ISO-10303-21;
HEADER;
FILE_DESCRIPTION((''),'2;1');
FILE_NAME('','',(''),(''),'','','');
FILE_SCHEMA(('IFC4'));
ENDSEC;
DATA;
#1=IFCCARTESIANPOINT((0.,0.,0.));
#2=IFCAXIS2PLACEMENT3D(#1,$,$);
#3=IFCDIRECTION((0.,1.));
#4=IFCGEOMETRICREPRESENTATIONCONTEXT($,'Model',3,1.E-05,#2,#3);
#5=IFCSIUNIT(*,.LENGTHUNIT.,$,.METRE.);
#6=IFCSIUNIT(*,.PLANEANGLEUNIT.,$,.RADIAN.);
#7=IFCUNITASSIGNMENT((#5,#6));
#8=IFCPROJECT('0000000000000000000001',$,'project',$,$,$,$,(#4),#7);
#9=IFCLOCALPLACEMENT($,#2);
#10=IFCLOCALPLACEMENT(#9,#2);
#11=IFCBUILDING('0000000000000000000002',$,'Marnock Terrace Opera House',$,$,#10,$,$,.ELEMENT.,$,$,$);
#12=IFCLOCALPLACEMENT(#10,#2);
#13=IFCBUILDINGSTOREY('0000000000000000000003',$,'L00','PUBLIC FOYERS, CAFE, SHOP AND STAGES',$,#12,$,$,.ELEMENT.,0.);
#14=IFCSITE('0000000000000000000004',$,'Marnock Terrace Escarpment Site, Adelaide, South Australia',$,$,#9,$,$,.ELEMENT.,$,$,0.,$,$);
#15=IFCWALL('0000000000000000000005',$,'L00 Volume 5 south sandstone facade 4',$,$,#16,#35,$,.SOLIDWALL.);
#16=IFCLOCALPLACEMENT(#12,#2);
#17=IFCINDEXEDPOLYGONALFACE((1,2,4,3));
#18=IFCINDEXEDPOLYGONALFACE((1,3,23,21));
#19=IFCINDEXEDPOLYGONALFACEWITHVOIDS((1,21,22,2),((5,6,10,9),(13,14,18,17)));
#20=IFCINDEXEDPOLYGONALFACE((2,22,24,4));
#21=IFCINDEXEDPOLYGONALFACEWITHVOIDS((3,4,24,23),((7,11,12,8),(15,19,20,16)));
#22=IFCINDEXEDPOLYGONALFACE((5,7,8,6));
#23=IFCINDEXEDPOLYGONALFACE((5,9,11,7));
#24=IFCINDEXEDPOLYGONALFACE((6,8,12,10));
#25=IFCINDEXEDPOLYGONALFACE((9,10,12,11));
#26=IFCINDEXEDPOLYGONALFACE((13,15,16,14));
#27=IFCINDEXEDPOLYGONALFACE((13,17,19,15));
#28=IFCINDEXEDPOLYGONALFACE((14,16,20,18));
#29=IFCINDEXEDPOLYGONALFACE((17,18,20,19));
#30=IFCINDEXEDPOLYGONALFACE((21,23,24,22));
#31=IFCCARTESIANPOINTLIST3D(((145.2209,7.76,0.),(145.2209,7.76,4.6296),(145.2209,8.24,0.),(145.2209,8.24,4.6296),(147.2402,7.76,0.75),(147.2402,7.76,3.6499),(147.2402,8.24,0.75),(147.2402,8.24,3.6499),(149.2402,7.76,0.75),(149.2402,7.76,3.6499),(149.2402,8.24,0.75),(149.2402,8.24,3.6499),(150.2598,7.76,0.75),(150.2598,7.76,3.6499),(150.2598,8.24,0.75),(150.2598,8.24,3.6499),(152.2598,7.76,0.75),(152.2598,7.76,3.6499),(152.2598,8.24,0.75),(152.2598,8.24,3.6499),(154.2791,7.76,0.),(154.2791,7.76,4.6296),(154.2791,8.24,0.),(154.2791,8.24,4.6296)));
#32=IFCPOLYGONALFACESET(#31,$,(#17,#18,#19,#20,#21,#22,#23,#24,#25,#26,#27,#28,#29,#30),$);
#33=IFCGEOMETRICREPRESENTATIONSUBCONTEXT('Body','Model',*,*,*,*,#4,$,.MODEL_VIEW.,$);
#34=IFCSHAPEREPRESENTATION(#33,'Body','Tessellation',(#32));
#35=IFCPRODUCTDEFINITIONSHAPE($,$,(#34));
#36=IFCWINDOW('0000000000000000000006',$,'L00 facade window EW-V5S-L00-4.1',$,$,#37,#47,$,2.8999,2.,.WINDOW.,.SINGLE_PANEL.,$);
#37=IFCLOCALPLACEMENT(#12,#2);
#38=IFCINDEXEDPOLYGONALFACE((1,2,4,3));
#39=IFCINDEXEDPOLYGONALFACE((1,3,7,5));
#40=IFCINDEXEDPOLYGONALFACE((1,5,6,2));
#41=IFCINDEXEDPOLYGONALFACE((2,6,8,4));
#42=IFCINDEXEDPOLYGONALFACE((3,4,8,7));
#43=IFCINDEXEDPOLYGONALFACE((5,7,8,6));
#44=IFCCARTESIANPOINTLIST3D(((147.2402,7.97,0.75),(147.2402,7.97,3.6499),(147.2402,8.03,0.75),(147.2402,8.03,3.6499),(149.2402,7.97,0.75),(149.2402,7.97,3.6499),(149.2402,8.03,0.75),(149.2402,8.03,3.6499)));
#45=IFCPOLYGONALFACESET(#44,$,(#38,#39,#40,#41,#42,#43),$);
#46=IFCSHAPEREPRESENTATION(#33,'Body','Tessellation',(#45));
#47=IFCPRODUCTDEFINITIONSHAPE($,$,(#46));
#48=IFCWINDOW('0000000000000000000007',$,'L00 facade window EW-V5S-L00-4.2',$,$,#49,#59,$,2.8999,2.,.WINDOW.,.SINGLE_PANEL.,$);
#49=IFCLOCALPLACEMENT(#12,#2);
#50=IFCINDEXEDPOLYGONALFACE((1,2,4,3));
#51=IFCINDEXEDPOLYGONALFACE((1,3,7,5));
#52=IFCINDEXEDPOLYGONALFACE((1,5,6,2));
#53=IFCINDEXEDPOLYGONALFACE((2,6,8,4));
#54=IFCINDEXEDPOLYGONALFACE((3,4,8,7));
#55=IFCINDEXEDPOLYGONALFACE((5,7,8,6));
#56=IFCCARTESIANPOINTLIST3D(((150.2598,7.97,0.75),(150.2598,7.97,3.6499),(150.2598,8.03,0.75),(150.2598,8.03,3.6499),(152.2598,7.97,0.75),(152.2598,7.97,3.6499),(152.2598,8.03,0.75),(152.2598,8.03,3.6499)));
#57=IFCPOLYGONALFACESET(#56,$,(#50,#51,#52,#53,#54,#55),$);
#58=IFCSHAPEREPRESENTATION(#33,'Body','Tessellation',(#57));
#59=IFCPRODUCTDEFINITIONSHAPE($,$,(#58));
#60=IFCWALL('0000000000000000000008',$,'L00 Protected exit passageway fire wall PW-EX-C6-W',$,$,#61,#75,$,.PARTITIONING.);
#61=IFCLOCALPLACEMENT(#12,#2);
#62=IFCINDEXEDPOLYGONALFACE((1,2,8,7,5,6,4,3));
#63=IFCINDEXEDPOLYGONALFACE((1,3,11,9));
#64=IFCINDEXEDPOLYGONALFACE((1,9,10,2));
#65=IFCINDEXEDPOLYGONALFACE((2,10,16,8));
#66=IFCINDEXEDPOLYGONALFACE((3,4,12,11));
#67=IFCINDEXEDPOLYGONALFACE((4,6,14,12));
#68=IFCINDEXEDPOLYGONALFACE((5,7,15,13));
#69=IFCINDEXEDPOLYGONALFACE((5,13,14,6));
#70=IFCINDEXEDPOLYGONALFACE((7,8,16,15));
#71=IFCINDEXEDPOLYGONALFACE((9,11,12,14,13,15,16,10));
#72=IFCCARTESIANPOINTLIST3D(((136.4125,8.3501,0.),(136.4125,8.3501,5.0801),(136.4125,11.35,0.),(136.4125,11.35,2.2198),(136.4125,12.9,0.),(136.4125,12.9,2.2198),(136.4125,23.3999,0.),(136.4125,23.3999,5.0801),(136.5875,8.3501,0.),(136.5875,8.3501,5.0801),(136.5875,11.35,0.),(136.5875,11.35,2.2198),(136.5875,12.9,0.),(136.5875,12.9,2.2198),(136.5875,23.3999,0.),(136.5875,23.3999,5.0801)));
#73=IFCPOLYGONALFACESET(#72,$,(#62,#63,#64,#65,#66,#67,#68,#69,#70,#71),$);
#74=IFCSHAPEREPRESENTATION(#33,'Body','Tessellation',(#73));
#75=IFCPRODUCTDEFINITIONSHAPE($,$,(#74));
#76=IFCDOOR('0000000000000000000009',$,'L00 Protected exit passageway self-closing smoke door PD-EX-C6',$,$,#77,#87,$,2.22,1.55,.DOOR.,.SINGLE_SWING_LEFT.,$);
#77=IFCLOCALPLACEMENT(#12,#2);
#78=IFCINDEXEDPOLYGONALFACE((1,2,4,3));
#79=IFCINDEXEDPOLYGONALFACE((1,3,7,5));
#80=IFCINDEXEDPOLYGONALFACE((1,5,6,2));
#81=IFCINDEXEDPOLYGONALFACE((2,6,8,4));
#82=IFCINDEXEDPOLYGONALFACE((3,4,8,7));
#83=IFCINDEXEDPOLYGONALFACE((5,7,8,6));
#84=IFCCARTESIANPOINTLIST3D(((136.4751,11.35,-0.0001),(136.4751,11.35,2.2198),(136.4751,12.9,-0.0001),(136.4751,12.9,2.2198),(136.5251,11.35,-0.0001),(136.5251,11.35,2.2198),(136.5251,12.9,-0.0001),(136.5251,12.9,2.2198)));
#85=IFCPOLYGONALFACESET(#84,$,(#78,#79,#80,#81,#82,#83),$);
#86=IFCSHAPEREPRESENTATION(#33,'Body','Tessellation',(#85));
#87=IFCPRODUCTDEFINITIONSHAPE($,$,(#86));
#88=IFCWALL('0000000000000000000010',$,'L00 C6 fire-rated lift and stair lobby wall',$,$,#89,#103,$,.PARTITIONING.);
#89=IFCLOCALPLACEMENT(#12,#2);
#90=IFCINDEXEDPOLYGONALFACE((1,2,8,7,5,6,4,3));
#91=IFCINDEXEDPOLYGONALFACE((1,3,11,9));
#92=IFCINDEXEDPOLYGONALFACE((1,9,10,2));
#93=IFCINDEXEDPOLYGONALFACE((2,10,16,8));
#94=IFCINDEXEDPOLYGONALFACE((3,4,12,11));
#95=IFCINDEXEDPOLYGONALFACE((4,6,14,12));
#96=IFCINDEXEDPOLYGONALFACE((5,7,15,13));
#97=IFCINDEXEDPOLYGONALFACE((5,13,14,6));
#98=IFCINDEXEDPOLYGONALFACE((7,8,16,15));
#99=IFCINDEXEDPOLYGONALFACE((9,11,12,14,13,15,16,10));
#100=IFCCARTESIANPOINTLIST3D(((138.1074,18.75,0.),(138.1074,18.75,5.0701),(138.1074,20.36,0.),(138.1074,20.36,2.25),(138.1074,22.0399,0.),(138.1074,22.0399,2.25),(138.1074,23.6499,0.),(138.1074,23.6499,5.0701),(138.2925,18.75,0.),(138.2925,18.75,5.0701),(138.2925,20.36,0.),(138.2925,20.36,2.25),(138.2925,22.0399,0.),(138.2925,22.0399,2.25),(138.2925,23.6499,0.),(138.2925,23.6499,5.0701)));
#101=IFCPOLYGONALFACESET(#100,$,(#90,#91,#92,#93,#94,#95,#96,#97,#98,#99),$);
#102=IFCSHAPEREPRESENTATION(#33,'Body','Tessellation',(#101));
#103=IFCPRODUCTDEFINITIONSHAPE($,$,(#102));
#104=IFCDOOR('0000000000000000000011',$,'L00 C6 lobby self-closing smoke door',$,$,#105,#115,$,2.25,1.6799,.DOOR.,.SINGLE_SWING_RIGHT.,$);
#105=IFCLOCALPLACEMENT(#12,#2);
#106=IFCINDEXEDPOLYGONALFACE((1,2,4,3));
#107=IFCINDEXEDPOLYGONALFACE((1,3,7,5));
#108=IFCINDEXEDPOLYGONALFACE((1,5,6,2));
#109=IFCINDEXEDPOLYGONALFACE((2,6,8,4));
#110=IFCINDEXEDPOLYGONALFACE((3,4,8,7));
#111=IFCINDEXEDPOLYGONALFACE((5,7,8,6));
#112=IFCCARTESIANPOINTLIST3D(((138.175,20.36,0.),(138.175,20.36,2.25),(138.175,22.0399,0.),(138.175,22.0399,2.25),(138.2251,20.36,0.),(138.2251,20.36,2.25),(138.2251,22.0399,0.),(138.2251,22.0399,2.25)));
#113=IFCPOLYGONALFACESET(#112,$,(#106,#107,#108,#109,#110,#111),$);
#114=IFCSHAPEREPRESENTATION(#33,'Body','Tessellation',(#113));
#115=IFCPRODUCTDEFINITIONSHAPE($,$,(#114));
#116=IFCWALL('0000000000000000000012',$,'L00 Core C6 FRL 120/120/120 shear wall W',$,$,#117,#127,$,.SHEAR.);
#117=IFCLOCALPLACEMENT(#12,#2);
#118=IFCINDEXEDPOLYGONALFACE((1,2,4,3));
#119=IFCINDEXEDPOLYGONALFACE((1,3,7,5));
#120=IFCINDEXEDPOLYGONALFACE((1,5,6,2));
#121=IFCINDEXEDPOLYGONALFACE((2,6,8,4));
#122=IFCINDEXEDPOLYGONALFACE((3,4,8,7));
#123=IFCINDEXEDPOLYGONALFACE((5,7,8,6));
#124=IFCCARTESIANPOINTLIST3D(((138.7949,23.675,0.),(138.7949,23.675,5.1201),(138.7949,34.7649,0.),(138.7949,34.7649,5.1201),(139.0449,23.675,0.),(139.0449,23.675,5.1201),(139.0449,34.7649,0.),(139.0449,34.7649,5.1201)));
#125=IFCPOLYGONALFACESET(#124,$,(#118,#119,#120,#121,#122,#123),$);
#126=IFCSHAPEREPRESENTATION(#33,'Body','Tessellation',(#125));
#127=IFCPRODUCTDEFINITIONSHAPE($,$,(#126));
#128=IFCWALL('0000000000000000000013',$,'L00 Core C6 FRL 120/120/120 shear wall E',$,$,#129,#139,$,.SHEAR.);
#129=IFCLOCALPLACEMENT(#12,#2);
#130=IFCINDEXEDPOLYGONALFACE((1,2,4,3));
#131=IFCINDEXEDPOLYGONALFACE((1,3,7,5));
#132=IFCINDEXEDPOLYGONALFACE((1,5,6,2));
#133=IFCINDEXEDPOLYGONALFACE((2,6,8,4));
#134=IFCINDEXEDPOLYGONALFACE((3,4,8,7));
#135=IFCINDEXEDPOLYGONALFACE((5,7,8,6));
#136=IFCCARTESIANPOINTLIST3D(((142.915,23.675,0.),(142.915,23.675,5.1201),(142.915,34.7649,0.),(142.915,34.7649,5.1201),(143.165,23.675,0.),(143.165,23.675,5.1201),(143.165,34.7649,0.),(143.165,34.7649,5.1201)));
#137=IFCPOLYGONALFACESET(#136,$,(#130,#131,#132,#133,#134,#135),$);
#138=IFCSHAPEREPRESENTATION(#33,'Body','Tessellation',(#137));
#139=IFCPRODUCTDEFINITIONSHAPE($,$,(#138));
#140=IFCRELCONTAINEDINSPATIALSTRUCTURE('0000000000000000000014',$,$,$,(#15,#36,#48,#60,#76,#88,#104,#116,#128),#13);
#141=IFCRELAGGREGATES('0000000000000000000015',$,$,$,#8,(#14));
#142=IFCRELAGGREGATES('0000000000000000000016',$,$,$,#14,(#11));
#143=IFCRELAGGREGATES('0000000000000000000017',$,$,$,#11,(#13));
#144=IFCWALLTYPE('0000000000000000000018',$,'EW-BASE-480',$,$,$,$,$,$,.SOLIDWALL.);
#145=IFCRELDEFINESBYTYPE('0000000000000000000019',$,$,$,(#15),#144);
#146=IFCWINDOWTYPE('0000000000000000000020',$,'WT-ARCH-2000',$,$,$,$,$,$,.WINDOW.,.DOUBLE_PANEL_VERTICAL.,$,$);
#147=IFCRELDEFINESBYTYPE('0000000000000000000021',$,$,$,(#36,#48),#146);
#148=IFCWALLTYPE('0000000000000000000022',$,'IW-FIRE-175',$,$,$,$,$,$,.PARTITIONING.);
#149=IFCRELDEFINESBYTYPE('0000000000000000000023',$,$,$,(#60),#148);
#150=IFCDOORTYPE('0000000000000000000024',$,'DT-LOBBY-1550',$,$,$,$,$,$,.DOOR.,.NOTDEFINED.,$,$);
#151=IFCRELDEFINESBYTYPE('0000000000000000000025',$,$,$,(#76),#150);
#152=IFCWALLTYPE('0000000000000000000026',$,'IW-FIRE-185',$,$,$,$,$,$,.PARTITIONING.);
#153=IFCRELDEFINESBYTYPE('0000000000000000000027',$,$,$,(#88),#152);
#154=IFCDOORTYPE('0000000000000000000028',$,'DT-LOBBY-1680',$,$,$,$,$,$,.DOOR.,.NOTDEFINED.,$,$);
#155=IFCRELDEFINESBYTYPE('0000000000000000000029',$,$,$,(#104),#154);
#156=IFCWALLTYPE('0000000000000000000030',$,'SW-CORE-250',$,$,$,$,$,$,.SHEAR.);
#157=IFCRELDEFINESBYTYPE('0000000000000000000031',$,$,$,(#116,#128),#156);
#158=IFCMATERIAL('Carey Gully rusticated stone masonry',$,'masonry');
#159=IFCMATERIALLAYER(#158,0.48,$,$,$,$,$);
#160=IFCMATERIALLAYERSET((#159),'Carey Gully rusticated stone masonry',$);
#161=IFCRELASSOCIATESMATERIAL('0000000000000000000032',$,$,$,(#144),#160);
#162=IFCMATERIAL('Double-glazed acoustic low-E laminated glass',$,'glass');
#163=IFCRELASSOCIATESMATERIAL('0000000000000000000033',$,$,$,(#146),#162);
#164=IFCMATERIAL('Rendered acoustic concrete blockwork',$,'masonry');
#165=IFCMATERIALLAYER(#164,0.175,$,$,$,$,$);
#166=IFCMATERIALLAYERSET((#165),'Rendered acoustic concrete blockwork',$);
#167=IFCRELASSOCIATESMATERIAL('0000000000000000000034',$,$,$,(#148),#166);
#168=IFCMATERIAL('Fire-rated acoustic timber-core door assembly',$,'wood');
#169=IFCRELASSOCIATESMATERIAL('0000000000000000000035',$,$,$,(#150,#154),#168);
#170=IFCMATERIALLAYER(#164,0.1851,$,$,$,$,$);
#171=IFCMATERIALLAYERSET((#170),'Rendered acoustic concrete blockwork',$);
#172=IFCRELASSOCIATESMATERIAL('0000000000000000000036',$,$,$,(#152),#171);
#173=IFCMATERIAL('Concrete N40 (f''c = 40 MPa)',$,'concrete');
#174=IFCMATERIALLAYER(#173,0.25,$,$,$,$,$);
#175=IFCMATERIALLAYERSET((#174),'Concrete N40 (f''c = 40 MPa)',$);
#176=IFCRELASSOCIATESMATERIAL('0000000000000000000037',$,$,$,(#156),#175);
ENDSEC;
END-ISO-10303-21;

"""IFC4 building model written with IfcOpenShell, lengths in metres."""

from ifc_helpers import new_model, si_unit, direction, frame, frame_2d, origin, place, context, subcontext, project, spatial, rectangle, extrude, material, layer, layer_set, type_object, element, fill, save


model = new_model("IFC4")

# Units and contexts
model_context = context("Model", 3, precision=1e-05, world=origin(), true_north=direction((0.0, 1.0)))
body_context = subcontext(model_context, "Body", "Model", "MODEL_VIEW")
ifc_project = project(units=[si_unit("LENGTHUNIT", "METRE"), si_unit("PLANEANGLEUNIT", "RADIAN")], contexts=[model_context])

# Site, building, storey
site_placement = place(None, origin())
site = spatial("IfcSite", under=ifc_project, at=site_placement, Name="Marnock Terrace Escarpment Site, Adelaide, South Australia", CompositionType="ELEMENT", RefElevation=0.0)
building_placement = place(site_placement, origin())
building = spatial("IfcBuilding", under=site, at=building_placement, Name="Marnock Terrace Opera House", CompositionType="ELEMENT")
storey_placement = place(building_placement, origin())
storey = spatial("IfcBuildingStorey", under=building, at=storey_placement, Name="L00", Description="PUBLIC FOYERS, CAFE, SHOP AND STAGES", CompositionType="ELEMENT", Elevation=0.0)

# Shared definitions
ifc_material_1 = material(Name="Concrete N40 (f'c = 40 MPa)", Category="concrete")

# Shared definitions
ifc_material_2 = material(Name="Carey Gully rusticated stone masonry", Category="masonry")
ifc_layer_1 = layer(ifc_material_2, 0.48)
ifc_layer_set_1 = layer_set([ifc_layer_1], Name="Carey Gully rusticated stone masonry")
wall_type_1 = type_object("IfcWallType", Name="EW-BASE-480", PredefinedType="SOLIDWALL", material=ifc_layer_set_1)

# Wall, openings, windows
wall_1_placement = place(storey_placement, frame((145.2209, 8.0, 0.0), z_axis=(0.0, 0.0, 1.0), x_axis=(1.0, 0.0, 0.0)))
wall_1 = element("IfcWall", 1, at=wall_1_placement, inside=storey, type_object=wall_type_1, Name="L00 Volume 5 south sandstone facade 4", PredefinedType="SOLIDWALL", context=body_context, shape_type="SweptSolid", body=[
    extrude(rectangle(XDim=9.0581, YDim=0.48, at=frame_2d((4.5291, 0.0))), origin(), (0.0, 0.0, 1.0), 4.6296),
])
opening_1_placement = place(wall_1_placement, frame((2.0193, 0.0, 0.75)))
opening_1 = element("IfcOpeningElement", 2, at=opening_1_placement, cuts=wall_1, PredefinedType="OPENING", context=body_context, shape_type="SweptSolid", body=[
    extrude(rectangle(XDim=2.0, YDim=2.8999, at=frame_2d((1.0, 1.45))), frame((0.0, 0.25, 0.0), z_axis=(0.0, -1.0, 0.0), x_axis=(1.0, 0.0, 0.0)), (0.0, 0.0, 1.0), 0.5),
])
opening_2_placement = place(wall_1_placement, frame((5.0388, 0.0, 0.75)))
opening_2 = element("IfcOpeningElement", 3, at=opening_2_placement, cuts=wall_1, PredefinedType="OPENING", context=body_context, shape_type="SweptSolid", body=[
    extrude(rectangle(XDim=2.0, YDim=2.8999, at=frame_2d((1.0, 1.45))), frame((0.0, 0.25, 0.0), z_axis=(0.0, -1.0, 0.0), x_axis=(1.0, 0.0, 0.0)), (0.0, 0.0, 1.0), 0.5),
])
ifc_material_3 = material(Name="Double-glazed acoustic low-E laminated glass", Category="glass")
window_type = type_object("IfcWindowType", Name="WT-ARCH-2000", PartitioningType="DOUBLE_PANEL_VERTICAL", PredefinedType="WINDOW", material=ifc_material_3)
window_1_placement = place(opening_1_placement, origin())
window_1 = element("IfcWindow", 4, at=window_1_placement, inside=storey, type_object=window_type, Name="L00 facade window EW-V5S-L00-4.1", OverallHeight=2.8999, OverallWidth=2.0, PartitioningType="SINGLE_PANEL", PredefinedType="WINDOW", context=body_context, shape_type="SweptSolid", body=[
    extrude(rectangle(XDim=2.0, YDim=2.8999, at=frame_2d((1.0, 1.45))), frame((0.0, 0.03, 0.0), z_axis=(0.0, -1.0, 0.0), x_axis=(1.0, 0.0, 0.0)), (0.0, 0.0, 1.0), 0.0601),
])
fill(opening_1, window_1)
window_2_placement = place(opening_2_placement, origin())
window_2 = element("IfcWindow", 5, at=window_2_placement, inside=storey, type_object=window_type, Name="L00 facade window EW-V5S-L00-4.2", OverallHeight=2.8999, OverallWidth=2.0, PartitioningType="SINGLE_PANEL", PredefinedType="WINDOW", context=body_context, shape_type="SweptSolid", body=[
    extrude(rectangle(XDim=2.0, YDim=2.8999, at=frame_2d((1.0, 1.45))), frame((0.0, 0.03, 0.0), z_axis=(0.0, -1.0, 0.0), x_axis=(1.0, 0.0, 0.0)), (0.0, 0.0, 1.0), 0.0601),
])
fill(opening_2, window_2)

# Walls, openings, doors
ifc_material_4 = material(Name="Rendered acoustic concrete blockwork", Category="masonry")
ifc_layer_2 = layer(ifc_material_4, 0.175)
ifc_layer_set_2 = layer_set([ifc_layer_2], Name="Rendered acoustic concrete blockwork")
wall_type_2 = type_object("IfcWallType", Name="IW-FIRE-175", PredefinedType="PARTITIONING", material=ifc_layer_set_2)
wall_2_placement = place(storey_placement, frame((136.5, 8.3501, 0.0), z_axis=(0.0, 0.0, 1.0), x_axis=(0.0, 1.0, 0.0)))
wall_2 = element("IfcWall", 6, at=wall_2_placement, inside=storey, type_object=wall_type_2, Name="L00 Protected exit passageway fire wall PW-EX-C6-W", PredefinedType="PARTITIONING", context=body_context, shape_type="SweptSolid", body=[
    extrude(rectangle(XDim=15.0498, YDim=0.175, at=frame_2d((7.5249, 0.0))), origin(), (0.0, 0.0, 1.0), 5.0801),
])
opening_3_placement = place(wall_2_placement, frame((3.0, 0.0, 0.0)))
opening_3 = element("IfcOpeningElement", 7, at=opening_3_placement, cuts=wall_2, PredefinedType="OPENING", context=body_context, shape_type="SweptSolid", body=[
    extrude(rectangle(XDim=1.55, YDim=2.22, at=frame_2d((0.7749, 1.1099))), frame((0.0, 0.0974, 0.0), z_axis=(0.0, -1.0, 0.0), x_axis=(1.0, 0.0, 0.0)), (0.0, 0.0, 1.0), 0.1951),
])
ifc_material_5 = material(Name="Fire-rated acoustic timber-core door assembly", Category="wood")
door_type_1 = type_object("IfcDoorType", Name="DT-LOBBY-1550", OperationType="NOTDEFINED", PredefinedType="DOOR", material=ifc_material_5)
door_1_placement = place(opening_3_placement, origin())
door_1 = element("IfcDoor", 8, at=door_1_placement, inside=storey, type_object=door_type_1, Name="L00 Protected exit passageway self-closing smoke door PD-EX-C6", OperationType="SINGLE_SWING_LEFT", OverallHeight=2.22, OverallWidth=1.55, PredefinedType="DOOR", context=body_context, shape_type="SweptSolid", body=[
    extrude(rectangle(XDim=1.55, YDim=2.22, at=frame_2d((0.7749, 1.1099))), frame((0.0, 0.0249, 0.0), z_axis=(0.0, -1.0, 0.0), x_axis=(1.0, 0.0, 0.0)), (0.0, 0.0, 1.0), 0.05),
])
fill(opening_3, door_1)
ifc_layer_3 = layer(ifc_material_4, 0.1851)
ifc_layer_set_3 = layer_set([ifc_layer_3], Name="Rendered acoustic concrete blockwork")
wall_type_3 = type_object("IfcWallType", Name="IW-FIRE-185", PredefinedType="PARTITIONING", material=ifc_layer_set_3)
wall_3_placement = place(storey_placement, frame((138.2, 18.75, 0.0), z_axis=(0.0, 0.0, 1.0), x_axis=(0.0, 1.0, 0.0)))
wall_3 = element("IfcWall", 9, at=wall_3_placement, inside=storey, type_object=wall_type_3, Name="L00 C6 fire-rated lift and stair lobby wall", PredefinedType="PARTITIONING", context=body_context, shape_type="SweptSolid", body=[
    extrude(rectangle(XDim=4.8999, YDim=0.1851, at=frame_2d((2.45, 0.0))), origin(), (0.0, 0.0, 1.0), 5.0701),
])
opening_4_placement = place(wall_3_placement, frame((1.6101, 0.0, 0.0)))
opening_4 = element("IfcOpeningElement", 10, at=opening_4_placement, cuts=wall_3, PredefinedType="OPENING", context=body_context, shape_type="SweptSolid", body=[
    extrude(rectangle(XDim=1.6799, YDim=2.25, at=frame_2d((0.8398, 1.125))), frame((0.0, 0.1025, 0.0), z_axis=(0.0, -1.0, 0.0), x_axis=(1.0, 0.0, 0.0)), (0.0, 0.0, 1.0), 0.2051),
])
door_type_2 = type_object("IfcDoorType", Name="DT-LOBBY-1680", OperationType="NOTDEFINED", PredefinedType="DOOR", material=ifc_material_5)
door_2_placement = place(opening_4_placement, origin())
door_2 = element("IfcDoor", 11, at=door_2_placement, inside=storey, type_object=door_type_2, Name="L00 C6 lobby self-closing smoke door", OperationType="SINGLE_SWING_RIGHT", OverallHeight=2.25, OverallWidth=1.6799, PredefinedType="DOOR", context=body_context, shape_type="SweptSolid", body=[
    extrude(rectangle(XDim=1.6799, YDim=2.25, at=frame_2d((0.8398, 1.125))), frame((0.0, 0.0249, 0.0), z_axis=(0.0, -1.0, 0.0), x_axis=(1.0, 0.0, 0.0)), (0.0, 0.0, 1.0), 0.05),
])
fill(opening_4, door_2)

# Walls
ifc_layer_4 = layer(ifc_material_1, 0.25)
ifc_layer_set_4 = layer_set([ifc_layer_4], Name="Concrete N40 (f'c = 40 MPa)")
wall_type_4 = type_object("IfcWallType", Name="SW-CORE-250", PredefinedType="SHEAR", material=ifc_layer_set_4)
for number, where, z_axis, x_axis, name in (
    (12, (138.9199, 23.675, 0.0), (0.0, 0.0, 1.0), (0.0, 1.0, 0.0), "L00 Core C6 FRL 120/120/120 shear wall W"),
    (13, (143.04, 23.675, 0.0), (0.0, 0.0, 1.0), (0.0, 1.0, 0.0), "L00 Core C6 FRL 120/120/120 shear wall E"),
):
    element("IfcWall", number, at=place(storey_placement, frame(where, z_axis=z_axis, x_axis=x_axis)), inside=storey, type_object=wall_type_4, Name=name, PredefinedType="SHEAR", context=body_context, shape_type="SweptSolid", body=[
        extrude(rectangle(XDim=11.0898, YDim=0.25, at=frame_2d((5.5449, 0.0))), origin(), (0.0, 0.0, 1.0), 5.1201),
    ])

save(model, "model.ifc")
